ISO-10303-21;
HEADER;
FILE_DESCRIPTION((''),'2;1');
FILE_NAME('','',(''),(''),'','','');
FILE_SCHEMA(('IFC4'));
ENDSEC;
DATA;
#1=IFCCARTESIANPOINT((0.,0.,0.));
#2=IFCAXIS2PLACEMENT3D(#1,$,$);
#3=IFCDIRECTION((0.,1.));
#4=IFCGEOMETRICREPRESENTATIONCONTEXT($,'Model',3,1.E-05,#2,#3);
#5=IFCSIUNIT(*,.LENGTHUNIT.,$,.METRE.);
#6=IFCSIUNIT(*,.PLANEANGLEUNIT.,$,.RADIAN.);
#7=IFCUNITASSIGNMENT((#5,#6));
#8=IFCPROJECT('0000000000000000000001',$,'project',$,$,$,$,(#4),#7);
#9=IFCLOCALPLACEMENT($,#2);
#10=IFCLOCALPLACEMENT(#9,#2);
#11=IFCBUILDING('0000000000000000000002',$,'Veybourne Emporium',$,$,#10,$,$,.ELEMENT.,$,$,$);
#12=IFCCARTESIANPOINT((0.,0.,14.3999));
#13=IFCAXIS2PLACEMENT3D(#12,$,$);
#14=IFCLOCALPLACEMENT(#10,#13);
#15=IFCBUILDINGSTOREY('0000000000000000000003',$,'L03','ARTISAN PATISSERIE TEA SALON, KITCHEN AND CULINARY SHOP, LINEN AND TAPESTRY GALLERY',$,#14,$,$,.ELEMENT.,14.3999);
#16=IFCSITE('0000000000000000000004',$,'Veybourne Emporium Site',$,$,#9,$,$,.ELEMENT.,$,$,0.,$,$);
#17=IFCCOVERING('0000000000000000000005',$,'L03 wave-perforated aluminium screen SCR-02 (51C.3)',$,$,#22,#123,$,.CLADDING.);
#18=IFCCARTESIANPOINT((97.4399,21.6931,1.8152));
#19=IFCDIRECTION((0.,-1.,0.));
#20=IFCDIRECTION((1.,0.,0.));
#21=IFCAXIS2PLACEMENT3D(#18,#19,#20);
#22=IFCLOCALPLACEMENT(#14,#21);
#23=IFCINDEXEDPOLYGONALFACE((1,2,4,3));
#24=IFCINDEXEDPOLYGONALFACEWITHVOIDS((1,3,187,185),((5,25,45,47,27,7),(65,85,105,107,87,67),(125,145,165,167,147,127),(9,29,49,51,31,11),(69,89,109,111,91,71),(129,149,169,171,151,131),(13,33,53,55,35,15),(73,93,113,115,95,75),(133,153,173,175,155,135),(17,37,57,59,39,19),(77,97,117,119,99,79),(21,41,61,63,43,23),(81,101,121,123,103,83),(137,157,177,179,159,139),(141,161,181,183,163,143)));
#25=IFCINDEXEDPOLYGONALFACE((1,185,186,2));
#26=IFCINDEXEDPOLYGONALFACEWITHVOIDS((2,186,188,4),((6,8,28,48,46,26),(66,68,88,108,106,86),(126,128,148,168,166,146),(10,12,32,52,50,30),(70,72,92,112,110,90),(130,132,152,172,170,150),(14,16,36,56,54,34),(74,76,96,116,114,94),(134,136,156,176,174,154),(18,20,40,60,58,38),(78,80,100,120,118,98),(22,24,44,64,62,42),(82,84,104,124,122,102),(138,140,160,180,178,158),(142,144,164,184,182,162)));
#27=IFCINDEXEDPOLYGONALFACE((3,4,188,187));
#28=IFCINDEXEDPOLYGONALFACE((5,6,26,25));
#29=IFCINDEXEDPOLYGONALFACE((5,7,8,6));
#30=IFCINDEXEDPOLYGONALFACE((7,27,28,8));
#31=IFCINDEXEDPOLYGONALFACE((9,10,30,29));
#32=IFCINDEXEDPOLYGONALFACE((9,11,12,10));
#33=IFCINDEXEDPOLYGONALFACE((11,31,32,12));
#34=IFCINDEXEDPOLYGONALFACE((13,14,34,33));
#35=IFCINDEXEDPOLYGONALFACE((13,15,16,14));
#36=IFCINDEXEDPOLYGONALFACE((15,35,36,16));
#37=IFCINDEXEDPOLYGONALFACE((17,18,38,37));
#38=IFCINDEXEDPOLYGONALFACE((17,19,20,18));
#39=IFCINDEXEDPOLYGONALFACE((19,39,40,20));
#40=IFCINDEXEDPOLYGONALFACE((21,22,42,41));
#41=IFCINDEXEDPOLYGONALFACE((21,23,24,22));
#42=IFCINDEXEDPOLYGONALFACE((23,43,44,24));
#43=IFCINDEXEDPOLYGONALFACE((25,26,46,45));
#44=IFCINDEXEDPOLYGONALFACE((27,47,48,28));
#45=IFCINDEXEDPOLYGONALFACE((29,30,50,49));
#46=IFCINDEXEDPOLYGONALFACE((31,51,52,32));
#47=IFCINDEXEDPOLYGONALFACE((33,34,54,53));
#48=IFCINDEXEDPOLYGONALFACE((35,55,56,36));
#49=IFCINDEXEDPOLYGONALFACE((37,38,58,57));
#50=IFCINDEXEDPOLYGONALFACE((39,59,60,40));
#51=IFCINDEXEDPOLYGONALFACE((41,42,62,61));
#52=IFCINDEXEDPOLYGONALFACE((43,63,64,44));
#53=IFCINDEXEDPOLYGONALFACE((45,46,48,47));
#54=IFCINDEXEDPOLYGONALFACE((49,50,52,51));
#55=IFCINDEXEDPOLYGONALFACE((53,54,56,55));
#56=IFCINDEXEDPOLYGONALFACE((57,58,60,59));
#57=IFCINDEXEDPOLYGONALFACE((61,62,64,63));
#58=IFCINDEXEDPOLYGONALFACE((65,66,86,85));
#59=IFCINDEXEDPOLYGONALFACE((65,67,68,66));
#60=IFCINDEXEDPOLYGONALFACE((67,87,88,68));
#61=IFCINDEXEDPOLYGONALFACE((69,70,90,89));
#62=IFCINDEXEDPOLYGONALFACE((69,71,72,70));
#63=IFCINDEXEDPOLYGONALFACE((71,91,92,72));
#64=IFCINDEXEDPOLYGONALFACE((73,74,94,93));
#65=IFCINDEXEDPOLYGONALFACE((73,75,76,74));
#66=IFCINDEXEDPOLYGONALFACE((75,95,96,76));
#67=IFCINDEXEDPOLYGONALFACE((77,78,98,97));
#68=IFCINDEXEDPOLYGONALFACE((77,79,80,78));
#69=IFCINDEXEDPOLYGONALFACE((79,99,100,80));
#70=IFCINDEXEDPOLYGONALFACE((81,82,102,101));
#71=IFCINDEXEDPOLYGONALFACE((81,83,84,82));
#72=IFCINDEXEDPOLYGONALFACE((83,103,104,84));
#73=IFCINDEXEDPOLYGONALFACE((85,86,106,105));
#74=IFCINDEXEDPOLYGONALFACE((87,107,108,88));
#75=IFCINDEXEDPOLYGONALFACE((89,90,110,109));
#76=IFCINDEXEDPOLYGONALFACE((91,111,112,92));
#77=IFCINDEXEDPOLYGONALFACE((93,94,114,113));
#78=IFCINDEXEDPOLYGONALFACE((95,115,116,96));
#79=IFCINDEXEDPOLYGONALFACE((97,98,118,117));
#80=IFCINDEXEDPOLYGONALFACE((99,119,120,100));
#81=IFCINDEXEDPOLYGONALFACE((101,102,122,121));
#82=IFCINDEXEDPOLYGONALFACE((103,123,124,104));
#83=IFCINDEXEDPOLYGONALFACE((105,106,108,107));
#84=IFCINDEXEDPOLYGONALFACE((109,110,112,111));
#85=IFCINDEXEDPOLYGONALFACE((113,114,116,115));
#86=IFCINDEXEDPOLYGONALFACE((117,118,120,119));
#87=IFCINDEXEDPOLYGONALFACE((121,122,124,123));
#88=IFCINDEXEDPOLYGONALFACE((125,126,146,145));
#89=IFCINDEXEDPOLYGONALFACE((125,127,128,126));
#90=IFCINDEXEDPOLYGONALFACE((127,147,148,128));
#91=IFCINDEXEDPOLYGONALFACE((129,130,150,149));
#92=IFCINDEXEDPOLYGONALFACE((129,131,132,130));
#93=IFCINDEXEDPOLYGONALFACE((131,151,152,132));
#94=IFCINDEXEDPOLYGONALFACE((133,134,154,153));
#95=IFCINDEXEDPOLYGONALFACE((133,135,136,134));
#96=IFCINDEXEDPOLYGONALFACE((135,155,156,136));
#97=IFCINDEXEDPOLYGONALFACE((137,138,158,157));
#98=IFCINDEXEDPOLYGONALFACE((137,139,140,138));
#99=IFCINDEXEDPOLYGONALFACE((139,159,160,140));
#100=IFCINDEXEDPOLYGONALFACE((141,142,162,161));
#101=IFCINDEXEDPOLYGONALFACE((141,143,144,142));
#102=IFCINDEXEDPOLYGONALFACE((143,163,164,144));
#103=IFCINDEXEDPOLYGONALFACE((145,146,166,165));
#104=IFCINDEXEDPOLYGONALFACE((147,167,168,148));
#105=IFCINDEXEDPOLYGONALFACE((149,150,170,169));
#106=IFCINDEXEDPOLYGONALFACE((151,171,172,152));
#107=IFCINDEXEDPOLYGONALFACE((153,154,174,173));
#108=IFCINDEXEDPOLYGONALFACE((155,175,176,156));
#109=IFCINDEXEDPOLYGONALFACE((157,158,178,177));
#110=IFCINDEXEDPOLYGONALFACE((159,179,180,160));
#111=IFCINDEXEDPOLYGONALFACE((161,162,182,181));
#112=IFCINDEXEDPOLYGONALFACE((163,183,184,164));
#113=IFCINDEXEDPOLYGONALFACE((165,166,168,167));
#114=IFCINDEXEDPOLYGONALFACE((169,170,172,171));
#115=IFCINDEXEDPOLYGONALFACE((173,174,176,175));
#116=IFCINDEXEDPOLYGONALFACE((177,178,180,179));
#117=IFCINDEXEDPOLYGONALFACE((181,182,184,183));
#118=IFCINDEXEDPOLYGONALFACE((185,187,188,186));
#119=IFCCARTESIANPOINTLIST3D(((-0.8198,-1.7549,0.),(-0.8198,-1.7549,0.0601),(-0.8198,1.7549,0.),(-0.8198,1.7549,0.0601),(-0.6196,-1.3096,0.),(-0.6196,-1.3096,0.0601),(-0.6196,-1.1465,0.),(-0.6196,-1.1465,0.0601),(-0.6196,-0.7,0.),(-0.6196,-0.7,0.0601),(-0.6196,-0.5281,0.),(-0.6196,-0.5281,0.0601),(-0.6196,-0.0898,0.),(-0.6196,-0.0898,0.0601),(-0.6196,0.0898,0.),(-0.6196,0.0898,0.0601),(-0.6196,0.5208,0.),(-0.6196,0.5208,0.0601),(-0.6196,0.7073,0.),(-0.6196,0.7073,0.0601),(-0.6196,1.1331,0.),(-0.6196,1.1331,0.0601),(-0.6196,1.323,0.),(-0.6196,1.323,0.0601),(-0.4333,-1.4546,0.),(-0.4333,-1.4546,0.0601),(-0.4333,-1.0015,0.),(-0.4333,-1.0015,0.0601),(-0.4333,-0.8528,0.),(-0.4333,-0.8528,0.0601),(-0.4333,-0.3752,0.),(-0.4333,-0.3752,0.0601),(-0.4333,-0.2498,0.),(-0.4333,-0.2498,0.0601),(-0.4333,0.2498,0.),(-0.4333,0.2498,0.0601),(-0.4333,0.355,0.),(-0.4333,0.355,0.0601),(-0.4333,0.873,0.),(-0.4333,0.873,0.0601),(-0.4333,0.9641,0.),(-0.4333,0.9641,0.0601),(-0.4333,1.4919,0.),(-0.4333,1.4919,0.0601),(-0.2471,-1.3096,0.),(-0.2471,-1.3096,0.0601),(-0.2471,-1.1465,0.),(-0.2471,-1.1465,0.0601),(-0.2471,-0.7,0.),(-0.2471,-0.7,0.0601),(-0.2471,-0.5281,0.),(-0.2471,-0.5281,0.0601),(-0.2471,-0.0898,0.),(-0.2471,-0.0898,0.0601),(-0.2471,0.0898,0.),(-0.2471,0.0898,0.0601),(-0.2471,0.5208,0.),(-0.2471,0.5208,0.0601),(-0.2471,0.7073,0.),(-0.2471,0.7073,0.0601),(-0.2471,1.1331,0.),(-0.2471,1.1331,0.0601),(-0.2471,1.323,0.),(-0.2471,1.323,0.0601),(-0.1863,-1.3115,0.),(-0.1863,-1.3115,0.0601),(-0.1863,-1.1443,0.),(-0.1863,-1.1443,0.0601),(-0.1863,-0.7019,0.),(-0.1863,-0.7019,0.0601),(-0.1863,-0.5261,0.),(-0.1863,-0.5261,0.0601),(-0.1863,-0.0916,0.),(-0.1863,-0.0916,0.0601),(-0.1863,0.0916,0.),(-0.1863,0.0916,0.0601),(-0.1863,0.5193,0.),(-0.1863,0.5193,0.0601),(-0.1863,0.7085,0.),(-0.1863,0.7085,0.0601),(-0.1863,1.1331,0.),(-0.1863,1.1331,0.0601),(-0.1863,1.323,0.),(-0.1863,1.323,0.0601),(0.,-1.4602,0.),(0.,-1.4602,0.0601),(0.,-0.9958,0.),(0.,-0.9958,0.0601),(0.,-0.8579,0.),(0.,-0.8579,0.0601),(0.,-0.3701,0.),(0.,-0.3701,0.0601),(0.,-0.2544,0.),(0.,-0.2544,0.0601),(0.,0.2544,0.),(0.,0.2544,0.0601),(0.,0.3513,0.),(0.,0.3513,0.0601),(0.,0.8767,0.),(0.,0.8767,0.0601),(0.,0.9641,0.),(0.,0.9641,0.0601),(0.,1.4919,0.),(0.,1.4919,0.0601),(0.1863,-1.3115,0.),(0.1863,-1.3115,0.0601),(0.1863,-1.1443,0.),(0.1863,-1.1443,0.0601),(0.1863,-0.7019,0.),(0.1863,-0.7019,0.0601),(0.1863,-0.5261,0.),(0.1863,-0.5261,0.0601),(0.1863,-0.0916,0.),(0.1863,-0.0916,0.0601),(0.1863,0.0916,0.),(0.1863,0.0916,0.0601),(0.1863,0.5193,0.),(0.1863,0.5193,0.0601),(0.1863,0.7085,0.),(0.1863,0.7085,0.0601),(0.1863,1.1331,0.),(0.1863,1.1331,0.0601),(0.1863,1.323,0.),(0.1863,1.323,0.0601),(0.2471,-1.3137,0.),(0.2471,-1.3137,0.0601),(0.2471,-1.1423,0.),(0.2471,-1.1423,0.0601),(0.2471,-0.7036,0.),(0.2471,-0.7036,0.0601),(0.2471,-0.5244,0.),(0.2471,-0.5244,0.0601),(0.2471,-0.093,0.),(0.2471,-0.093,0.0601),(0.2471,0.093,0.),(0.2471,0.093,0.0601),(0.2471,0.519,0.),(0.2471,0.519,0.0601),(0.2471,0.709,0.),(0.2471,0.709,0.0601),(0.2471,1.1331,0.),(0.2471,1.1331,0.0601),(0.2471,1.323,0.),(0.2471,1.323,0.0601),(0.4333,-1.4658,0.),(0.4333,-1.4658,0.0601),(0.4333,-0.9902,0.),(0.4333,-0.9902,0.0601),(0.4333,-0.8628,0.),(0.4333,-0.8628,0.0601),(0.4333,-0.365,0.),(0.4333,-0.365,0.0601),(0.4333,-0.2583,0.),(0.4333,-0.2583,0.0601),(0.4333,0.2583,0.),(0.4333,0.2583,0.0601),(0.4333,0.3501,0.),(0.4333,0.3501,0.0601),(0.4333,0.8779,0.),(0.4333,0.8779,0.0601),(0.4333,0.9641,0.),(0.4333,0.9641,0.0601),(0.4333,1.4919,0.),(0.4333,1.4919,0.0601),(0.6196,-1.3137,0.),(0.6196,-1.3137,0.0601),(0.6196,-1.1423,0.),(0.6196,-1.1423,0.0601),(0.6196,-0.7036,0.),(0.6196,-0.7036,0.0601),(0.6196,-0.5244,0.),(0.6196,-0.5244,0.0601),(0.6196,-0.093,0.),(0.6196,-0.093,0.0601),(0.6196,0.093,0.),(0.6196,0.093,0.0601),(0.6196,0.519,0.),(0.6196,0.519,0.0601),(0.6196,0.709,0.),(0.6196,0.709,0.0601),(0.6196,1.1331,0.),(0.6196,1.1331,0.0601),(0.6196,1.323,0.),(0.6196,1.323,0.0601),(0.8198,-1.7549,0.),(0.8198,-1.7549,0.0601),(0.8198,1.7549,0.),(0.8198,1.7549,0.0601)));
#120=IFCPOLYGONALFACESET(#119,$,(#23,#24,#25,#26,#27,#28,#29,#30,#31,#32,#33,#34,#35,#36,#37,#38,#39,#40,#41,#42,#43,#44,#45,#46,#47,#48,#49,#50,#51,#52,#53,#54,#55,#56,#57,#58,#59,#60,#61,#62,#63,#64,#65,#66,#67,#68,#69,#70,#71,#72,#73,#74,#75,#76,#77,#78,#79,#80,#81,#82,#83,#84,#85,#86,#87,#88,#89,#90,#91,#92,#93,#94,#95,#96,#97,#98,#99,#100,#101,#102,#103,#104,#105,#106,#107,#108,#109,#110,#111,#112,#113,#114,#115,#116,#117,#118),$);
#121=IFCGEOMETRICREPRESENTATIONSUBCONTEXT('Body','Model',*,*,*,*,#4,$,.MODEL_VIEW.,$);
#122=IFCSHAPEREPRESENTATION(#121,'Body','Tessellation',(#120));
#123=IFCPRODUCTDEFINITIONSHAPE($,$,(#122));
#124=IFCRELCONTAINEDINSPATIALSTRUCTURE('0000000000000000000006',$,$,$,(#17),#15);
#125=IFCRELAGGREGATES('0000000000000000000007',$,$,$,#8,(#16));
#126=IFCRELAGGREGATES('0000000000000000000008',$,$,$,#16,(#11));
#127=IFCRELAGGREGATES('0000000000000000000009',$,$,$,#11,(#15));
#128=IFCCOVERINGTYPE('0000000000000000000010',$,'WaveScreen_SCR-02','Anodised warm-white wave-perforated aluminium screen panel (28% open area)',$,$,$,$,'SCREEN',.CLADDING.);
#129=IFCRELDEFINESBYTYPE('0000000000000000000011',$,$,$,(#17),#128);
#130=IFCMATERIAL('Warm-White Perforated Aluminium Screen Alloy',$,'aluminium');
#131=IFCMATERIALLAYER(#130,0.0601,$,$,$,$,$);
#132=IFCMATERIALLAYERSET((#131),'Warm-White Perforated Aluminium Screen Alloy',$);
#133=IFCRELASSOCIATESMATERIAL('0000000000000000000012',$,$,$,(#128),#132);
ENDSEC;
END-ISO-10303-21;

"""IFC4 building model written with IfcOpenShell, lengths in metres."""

from ifc_helpers import new_model, si_unit, direction, frame, origin, place, context, subcontext, project, spatial, polyline, outline, extrude, material, layer, layer_set, type_object, element, save


model = new_model("IFC4")

# Units and contexts
model_context = context("Model", 3, precision=1e-05, world=origin(), true_north=direction((0.0, 1.0)))
body_context = subcontext(model_context, "Body", "Model", "MODEL_VIEW")
ifc_project = project(units=[si_unit("LENGTHUNIT", "METRE"), si_unit("PLANEANGLEUNIT", "RADIAN")], contexts=[model_context])

# Site, building, storey
site_placement = place(None, origin())
site = spatial("IfcSite", under=ifc_project, at=site_placement, Name="Veybourne Emporium Site", CompositionType="ELEMENT", RefElevation=0.0)
building_placement = place(site_placement, origin())
building = spatial("IfcBuilding", under=site, at=building_placement, Name="Veybourne Emporium", CompositionType="ELEMENT")
storey_placement = place(building_placement, frame((0.0, 0.0, 14.3999)))
storey = spatial("IfcBuildingStorey", under=building, at=storey_placement, Name="L03", Description="ARTISAN PATISSERIE TEA SALON, KITCHEN AND CULINARY SHOP, LINEN AND TAPESTRY GALLERY", CompositionType="ELEMENT", Elevation=14.3999)

# Covering
ifc_material_1 = material(Name="Warm-White Perforated Aluminium Screen Alloy", Category="aluminium")
ifc_layer_1 = layer(ifc_material_1, 0.0601)
ifc_layer_set_1 = layer_set([ifc_layer_1], Name="Warm-White Perforated Aluminium Screen Alloy")
covering_type_1 = type_object("IfcCoveringType", Name="WaveScreen_SCR-02", Description="Anodised warm-white wave-perforated aluminium screen panel (28% open area)", ElementType="SCREEN", PredefinedType="CLADDING", material=ifc_layer_set_1)
covering_1_placement = place(storey_placement, frame((97.4399, 21.6931, 1.8152), z_axis=(0.0, -1.0, 0.0), x_axis=(1.0, 0.0, 0.0)))
element("IfcCovering", 1, at=covering_1_placement, inside=storey, type_object=covering_type_1, Name="L03 wave-perforated aluminium screen SCR-02 (51C.3)", PredefinedType="CLADDING", context=body_context, shape_type="SweptSolid", body=[
    extrude(outline(polyline([(-0.8198, -1.7549), (0.8198, -1.7549), (0.8198, 1.7549), (-0.8198, 1.7549), (-0.8198, -1.7549)]), holes=[polyline([(-0.4333, -1.0015), (-0.2471, -1.1465), (-0.2471, -1.3096), (-0.4333, -1.4546), (-0.6196, -1.3096), (-0.6196, -1.1465), (-0.4333, -1.0015)]), polyline([(-0.4333, -0.3752), (-0.2471, -0.5281), (-0.2471, -0.7), (-0.4333, -0.8528), (-0.6196, -0.7), (-0.6196, -0.5281), (-0.4333, -0.3752)]), polyline([(-0.4333, 0.2498), (-0.2471, 0.0898), (-0.2471, -0.0898), (-0.4333, -0.2498), (-0.6196, -0.0898), (-0.6196, 0.0898), (-0.4333, 0.2498)]), polyline([(-0.4333, 0.873), (-0.2471, 0.7073), (-0.2471, 0.5208), (-0.4333, 0.355), (-0.6196, 0.5208), (-0.6196, 0.7073), (-0.4333, 0.873)]), polyline([(-0.4333, 1.4919), (-0.2471, 1.323), (-0.2471, 1.1331), (-0.4333, 0.9641), (-0.6196, 1.1331), (-0.6196, 1.323), (-0.4333, 1.4919)]), polyline([(0.0, -0.9958), (0.1863, -1.1443), (0.1863, -1.3115), (0.0, -1.4602), (-0.1863, -1.3115), (-0.1863, -1.1443), (0.0, -0.9958)]), polyline([(0.0, -0.3701), (0.1863, -0.5261), (0.1863, -0.7019), (0.0, -0.8579), (-0.1863, -0.7019), (-0.1863, -0.5261), (0.0, -0.3701)]), polyline([(0.0, 0.2544), (0.1863, 0.0916), (0.1863, -0.0916), (0.0, -0.2544), (-0.1863, -0.0916), (-0.1863, 0.0916), (0.0, 0.2544)]), polyline([(0.0, 0.8767), (0.1863, 0.7085), (0.1863, 0.5193), (0.0, 0.3513), (-0.1863, 0.5193), (-0.1863, 0.7085), (0.0, 0.8767)]), polyline([(0.0, 1.4919), (0.1863, 1.323), (0.1863, 1.1331), (0.0, 0.9641), (-0.1863, 1.1331), (-0.1863, 1.323), (0.0, 1.4919)]), polyline([(0.4333, -0.9902), (0.6196, -1.1423), (0.6196, -1.3137), (0.4333, -1.4658), (0.2471, -1.3137), (0.2471, -1.1423), (0.4333, -0.9902)]), polyline([(0.4333, -0.365), (0.6196, -0.5244), (0.6196, -0.7036), (0.4333, -0.8628), (0.2471, -0.7036), (0.2471, -0.5244), (0.4333, -0.365)]), polyline([(0.4333, 0.2583), (0.6196, 0.093), (0.6196, -0.093), (0.4333, -0.2583), (0.2471, -0.093), (0.2471, 0.093), (0.4333, 0.2583)]), polyline([(0.4333, 0.8779), (0.6196, 0.709), (0.6196, 0.519), (0.4333, 0.3501), (0.2471, 0.519), (0.2471, 0.709), (0.4333, 0.8779)]), polyline([(0.4333, 1.4919), (0.6196, 1.323), (0.6196, 1.1331), (0.4333, 0.9641), (0.2471, 1.1331), (0.2471, 1.323), (0.4333, 1.4919)])]), origin(), (0.0, 0.0, 1.0), 0.0601),
])

save(model, "model.ifc")
